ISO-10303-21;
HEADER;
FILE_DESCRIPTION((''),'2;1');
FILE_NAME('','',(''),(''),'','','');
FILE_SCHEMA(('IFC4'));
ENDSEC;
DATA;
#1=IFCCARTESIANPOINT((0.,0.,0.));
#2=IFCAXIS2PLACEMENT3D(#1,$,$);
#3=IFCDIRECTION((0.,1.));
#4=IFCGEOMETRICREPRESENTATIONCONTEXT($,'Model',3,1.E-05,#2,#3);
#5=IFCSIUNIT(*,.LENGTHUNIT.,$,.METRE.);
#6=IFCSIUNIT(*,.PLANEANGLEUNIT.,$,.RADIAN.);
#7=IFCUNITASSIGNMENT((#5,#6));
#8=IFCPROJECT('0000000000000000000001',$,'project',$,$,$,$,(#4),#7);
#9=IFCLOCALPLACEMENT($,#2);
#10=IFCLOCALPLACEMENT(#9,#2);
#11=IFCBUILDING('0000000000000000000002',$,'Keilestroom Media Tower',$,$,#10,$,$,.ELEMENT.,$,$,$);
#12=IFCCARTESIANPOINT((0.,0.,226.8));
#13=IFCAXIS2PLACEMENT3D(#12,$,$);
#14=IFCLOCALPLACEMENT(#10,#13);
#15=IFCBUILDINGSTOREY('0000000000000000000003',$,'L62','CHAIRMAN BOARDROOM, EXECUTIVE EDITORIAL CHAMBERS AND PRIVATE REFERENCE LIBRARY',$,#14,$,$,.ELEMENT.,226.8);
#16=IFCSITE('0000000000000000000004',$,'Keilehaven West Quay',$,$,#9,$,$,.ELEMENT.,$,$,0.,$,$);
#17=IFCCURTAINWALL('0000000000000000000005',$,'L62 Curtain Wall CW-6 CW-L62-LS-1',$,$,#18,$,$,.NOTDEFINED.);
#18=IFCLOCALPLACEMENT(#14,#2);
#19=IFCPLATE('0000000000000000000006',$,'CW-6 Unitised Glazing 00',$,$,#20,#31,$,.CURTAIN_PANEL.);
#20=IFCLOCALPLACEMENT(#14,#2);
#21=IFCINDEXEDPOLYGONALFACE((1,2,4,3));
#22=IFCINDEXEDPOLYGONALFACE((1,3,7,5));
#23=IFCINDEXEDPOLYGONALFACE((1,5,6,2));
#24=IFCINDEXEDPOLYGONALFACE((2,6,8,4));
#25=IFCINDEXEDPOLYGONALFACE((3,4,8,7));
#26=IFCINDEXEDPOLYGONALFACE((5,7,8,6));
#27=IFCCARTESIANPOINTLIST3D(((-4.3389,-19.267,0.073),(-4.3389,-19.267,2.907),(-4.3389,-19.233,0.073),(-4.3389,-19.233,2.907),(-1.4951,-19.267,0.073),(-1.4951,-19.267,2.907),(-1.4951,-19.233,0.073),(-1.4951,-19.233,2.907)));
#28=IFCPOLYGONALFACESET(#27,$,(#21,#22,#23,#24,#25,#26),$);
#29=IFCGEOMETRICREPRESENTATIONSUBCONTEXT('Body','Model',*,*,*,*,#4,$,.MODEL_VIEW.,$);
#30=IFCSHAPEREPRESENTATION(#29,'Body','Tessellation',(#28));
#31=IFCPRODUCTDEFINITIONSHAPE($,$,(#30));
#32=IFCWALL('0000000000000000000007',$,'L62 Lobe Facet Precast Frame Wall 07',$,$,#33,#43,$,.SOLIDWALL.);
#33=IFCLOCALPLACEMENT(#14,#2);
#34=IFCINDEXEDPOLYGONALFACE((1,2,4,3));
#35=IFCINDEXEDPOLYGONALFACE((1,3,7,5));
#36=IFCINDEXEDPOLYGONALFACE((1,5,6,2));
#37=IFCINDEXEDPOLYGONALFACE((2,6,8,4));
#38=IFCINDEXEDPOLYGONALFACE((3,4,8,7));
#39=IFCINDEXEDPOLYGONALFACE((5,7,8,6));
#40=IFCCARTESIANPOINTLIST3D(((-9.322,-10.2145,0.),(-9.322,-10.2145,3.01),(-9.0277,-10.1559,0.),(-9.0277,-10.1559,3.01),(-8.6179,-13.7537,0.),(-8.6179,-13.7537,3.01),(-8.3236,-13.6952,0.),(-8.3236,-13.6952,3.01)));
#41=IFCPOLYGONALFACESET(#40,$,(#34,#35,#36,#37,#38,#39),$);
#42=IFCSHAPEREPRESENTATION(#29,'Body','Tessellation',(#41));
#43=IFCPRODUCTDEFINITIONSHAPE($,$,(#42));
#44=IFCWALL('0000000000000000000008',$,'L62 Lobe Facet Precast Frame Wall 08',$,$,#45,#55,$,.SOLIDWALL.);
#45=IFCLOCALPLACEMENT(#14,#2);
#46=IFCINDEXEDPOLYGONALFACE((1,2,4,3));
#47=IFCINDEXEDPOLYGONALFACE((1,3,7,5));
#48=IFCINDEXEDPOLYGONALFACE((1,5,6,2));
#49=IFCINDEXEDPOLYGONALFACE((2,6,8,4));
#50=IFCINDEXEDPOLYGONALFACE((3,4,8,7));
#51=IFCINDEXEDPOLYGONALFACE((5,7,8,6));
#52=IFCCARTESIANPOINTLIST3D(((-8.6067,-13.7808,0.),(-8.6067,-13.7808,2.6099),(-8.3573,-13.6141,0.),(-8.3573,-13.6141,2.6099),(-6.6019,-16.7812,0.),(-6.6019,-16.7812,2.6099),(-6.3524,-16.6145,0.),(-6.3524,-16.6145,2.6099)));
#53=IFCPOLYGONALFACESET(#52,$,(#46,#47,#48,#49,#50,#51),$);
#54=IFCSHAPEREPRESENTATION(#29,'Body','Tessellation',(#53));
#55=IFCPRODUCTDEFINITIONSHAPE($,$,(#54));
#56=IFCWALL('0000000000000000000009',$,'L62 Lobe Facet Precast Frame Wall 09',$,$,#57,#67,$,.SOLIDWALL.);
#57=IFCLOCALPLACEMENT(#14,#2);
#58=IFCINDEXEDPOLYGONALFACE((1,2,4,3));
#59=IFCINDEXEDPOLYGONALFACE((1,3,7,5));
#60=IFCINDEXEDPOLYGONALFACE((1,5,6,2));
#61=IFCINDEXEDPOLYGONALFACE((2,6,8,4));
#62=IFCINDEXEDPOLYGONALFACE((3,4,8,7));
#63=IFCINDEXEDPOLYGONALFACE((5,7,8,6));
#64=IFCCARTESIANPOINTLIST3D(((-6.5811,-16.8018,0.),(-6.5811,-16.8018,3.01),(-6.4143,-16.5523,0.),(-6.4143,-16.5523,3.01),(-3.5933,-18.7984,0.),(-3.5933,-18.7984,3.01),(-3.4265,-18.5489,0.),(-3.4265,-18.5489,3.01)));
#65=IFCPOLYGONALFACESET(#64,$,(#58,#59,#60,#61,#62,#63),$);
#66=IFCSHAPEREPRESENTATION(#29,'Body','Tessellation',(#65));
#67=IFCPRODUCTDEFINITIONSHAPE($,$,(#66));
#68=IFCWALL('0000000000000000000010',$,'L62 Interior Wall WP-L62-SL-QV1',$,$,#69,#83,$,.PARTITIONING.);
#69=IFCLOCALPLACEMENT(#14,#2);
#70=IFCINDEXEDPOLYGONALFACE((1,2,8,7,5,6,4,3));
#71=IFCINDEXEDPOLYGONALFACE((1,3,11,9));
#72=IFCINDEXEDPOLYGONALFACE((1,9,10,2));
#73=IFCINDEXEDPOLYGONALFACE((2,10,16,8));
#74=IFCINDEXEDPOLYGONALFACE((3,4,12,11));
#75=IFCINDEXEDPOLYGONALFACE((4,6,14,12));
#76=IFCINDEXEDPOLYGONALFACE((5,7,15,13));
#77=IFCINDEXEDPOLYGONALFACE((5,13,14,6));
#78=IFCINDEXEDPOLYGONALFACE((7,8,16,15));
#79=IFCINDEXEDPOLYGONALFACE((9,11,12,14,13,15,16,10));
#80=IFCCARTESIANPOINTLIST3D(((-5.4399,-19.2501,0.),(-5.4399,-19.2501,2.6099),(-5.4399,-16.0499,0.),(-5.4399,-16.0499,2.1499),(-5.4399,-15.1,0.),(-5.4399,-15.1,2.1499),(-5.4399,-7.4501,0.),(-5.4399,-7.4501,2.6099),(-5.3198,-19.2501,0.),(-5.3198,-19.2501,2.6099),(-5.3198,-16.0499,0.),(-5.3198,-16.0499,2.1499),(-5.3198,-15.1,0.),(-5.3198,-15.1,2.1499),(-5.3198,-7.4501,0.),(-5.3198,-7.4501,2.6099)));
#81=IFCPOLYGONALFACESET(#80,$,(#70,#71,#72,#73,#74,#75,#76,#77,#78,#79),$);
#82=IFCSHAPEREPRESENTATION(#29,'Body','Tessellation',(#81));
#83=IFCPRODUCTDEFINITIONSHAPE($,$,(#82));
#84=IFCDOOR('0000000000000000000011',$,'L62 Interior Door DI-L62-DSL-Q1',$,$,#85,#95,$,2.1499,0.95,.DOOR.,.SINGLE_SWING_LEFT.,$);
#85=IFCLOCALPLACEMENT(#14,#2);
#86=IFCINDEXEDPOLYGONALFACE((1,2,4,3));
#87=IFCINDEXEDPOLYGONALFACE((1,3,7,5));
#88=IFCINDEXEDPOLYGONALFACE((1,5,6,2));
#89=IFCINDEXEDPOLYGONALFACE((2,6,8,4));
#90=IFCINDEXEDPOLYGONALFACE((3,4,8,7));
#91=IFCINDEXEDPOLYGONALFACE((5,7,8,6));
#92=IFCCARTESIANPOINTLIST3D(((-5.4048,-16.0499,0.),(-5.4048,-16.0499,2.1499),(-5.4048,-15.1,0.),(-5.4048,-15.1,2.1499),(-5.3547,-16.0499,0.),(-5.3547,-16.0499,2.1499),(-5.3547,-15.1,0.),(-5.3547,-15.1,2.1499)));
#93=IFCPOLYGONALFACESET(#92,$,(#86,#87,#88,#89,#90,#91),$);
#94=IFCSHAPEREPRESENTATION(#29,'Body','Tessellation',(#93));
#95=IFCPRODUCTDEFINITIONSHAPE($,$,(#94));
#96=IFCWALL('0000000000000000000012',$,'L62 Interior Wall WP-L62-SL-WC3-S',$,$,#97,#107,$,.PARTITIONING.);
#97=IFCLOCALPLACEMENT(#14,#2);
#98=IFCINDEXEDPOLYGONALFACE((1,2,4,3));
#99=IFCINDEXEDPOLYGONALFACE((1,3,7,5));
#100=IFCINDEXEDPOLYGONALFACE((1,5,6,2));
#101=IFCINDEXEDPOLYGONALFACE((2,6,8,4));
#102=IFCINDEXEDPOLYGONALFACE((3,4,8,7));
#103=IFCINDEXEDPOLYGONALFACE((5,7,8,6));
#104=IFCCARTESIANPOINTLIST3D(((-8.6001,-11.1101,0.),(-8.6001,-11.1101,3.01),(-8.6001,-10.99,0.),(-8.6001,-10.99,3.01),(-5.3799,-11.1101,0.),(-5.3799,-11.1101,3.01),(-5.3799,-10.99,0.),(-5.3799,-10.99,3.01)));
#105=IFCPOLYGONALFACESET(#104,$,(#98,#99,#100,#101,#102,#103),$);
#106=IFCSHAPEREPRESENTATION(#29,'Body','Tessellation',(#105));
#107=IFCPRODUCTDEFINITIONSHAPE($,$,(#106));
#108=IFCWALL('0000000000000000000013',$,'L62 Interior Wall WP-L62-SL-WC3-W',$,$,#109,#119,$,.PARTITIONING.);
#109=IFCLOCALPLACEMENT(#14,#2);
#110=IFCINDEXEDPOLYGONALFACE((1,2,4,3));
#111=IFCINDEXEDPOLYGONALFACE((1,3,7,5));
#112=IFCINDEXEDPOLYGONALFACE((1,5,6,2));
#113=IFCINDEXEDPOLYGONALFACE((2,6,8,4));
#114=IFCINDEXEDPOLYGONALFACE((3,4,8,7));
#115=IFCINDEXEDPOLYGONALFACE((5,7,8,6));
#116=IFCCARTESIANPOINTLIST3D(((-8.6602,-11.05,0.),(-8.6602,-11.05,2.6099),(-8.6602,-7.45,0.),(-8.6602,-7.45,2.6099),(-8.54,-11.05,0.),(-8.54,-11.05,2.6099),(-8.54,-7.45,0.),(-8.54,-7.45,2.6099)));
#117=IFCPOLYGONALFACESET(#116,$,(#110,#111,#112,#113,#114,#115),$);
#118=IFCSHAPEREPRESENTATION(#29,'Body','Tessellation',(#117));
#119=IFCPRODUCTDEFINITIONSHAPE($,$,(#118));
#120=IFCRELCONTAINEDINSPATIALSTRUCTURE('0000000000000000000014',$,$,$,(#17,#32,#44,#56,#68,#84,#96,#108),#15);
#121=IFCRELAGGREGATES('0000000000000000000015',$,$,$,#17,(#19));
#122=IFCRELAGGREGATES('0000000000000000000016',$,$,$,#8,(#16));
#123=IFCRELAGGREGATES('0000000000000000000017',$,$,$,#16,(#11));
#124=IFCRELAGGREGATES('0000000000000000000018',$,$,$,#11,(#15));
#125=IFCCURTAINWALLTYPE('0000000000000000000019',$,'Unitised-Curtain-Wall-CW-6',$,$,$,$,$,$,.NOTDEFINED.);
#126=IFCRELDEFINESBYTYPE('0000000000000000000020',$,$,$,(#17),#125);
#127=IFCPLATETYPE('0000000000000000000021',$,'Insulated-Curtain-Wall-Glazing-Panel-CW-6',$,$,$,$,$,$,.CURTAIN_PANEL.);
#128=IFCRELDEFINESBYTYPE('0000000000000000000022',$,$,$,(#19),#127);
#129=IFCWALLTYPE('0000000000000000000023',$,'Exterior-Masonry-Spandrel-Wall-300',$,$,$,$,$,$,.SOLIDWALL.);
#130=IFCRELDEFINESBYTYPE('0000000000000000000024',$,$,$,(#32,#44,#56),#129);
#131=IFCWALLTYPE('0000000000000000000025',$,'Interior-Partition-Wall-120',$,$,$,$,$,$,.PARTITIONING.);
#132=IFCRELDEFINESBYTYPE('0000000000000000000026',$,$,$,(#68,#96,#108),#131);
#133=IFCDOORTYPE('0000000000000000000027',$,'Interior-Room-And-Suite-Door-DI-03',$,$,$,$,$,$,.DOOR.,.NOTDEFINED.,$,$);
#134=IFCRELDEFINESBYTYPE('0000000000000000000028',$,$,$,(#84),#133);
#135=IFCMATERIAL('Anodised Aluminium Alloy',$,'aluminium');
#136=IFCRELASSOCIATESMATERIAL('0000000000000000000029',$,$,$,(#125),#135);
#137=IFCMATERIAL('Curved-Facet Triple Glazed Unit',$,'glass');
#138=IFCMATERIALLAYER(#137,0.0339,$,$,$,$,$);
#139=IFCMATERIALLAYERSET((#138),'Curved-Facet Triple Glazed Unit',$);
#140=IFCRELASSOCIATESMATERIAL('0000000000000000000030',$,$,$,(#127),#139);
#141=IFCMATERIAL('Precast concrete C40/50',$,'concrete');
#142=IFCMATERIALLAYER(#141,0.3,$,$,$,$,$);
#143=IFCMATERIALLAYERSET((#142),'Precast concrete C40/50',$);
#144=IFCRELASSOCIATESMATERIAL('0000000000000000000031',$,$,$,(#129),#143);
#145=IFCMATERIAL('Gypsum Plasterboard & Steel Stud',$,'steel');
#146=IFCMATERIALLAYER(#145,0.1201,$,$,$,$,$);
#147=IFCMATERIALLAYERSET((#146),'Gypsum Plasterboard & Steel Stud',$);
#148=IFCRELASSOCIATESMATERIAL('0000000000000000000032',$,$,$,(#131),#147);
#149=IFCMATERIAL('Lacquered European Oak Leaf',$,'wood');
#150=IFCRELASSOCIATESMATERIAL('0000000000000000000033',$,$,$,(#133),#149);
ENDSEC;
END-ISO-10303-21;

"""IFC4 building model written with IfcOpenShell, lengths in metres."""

from ifc_helpers import new_model, si_unit, direction, frame, frame_2d, origin, origin_2d, place, context, subcontext, project, spatial, rectangle, extrude, source, transform, mapped, material, layer, layer_set, type_object, element, fill, aggregate, save


model = new_model("IFC4")

# Units and contexts
model_context = context("Model", 3, precision=1e-05, world=origin(), true_north=direction((0.0, 1.0)))
body_context = subcontext(model_context, "Body", "Model", "MODEL_VIEW")
ifc_project = project(units=[si_unit("LENGTHUNIT", "METRE"), si_unit("PLANEANGLEUNIT", "RADIAN")], contexts=[model_context])

# Site, building, storey
site_placement = place(None, origin())
site = spatial("IfcSite", under=ifc_project, at=site_placement, Name="Keilehaven West Quay", CompositionType="ELEMENT", RefElevation=0.0)
building_placement = place(site_placement, origin())
building = spatial("IfcBuilding", under=site, at=building_placement, Name="Keilestroom Media Tower", CompositionType="ELEMENT")
storey_placement = place(building_placement, frame((0.0, 0.0, 226.8)))
storey = spatial("IfcBuildingStorey", under=building, at=storey_placement, Name="L62", Description="CHAIRMAN BOARDROOM, EXECUTIVE EDITORIAL CHAMBERS AND PRIVATE REFERENCE LIBRARY", CompositionType="ELEMENT", Elevation=226.8)

# Curtain wall, plate
ifc_material_1 = material(Name="Anodised Aluminium Alloy", Category="aluminium")
curtain_wall_type = type_object("IfcCurtainWallType", Name="Unitised-Curtain-Wall-CW-6", PredefinedType="NOTDEFINED", material=ifc_material_1)
curtain_wall_placement = place(storey_placement, origin())
curtain_wall = element("IfcCurtainWall", 1, at=curtain_wall_placement, inside=storey, type_object=curtain_wall_type, Name="L62 Curtain Wall CW-6 CW-L62-LS-1", PredefinedType="NOTDEFINED")
ifc_material_2 = material(Name="Curved-Facet Triple Glazed Unit", Category="glass")
ifc_layer_1 = layer(ifc_material_2, 0.0339)
ifc_layer_set_1 = layer_set([ifc_layer_1], Name="Curved-Facet Triple Glazed Unit")
plate_type = type_object("IfcPlateType", Name="Insulated-Curtain-Wall-Glazing-Panel-CW-6", PredefinedType="CURTAIN_PANEL", material=ifc_layer_set_1)
shared_shape_1 = source(origin(), body_context, "Body", "SweptSolid", [
    extrude(rectangle(XDim=2.8438, YDim=0.0339, at=origin_2d()), origin(), (0.0, 0.0, 1.0), 2.834),
])
plate_placement = place(storey_placement, frame((-2.917, -19.25, 0.073), z_axis=(0.0, 0.0, 1.0), x_axis=(1.0, 0.0, 0.0)))
plate = element("IfcPlate", 2, at=plate_placement, type_object=plate_type, Name="CW-6 Unitised Glazing 00", PredefinedType="CURTAIN_PANEL", context=body_context, shape_type="MappedRepresentation", body=[
    mapped(shared_shape_1, transform((0.0, 0.0, 0.0), x_axis=(1.0, 0.0, 0.0), y_axis=(0.0, 1.0, 0.0), z_axis=(0.0, 0.0, 1.0), scale=1.0)),
])
aggregate(curtain_wall, [plate])

# Walls
ifc_material_3 = material(Name="Precast concrete C40/50", Category="concrete")
ifc_layer_2 = layer(ifc_material_3, 0.3)
ifc_layer_set_2 = layer_set([ifc_layer_2], Name="Precast concrete C40/50")
wall_type_1 = type_object("IfcWallType", Name="Exterior-Masonry-Spandrel-Wall-300", PredefinedType="SOLIDWALL", material=ifc_layer_set_2)
wall_1_placement = place(storey_placement, frame((-9.1748, -10.1853, 0.0), z_axis=(0.0, 0.0, 1.0), x_axis=(0.195114, -0.980781, 0.0)))
element("IfcWall", 3, at=wall_1_placement, inside=storey, type_object=wall_type_1, Name="L62 Lobe Facet Precast Frame Wall 07", PredefinedType="SOLIDWALL", context=body_context, shape_type="SweptSolid", body=[
    extrude(rectangle(XDim=3.6086, YDim=0.3, at=frame_2d((1.8042, 0.0))), origin(), (0.0, 0.0, 1.0), 3.01),
])
wall_2_placement = place(storey_placement, frame((-8.4819, -13.6975, 0.0), z_axis=(0.0, 0.0, 1.0), x_axis=(0.555574, -0.831467, 0.0)))
element("IfcWall", 4, at=wall_2_placement, inside=storey, type_object=wall_type_1, Name="L62 Lobe Facet Precast Frame Wall 08", PredefinedType="SOLIDWALL", context=body_context, shape_type="SweptSolid", body=[
    extrude(rectangle(XDim=3.6086, YDim=0.3, at=frame_2d((1.8042, 0.0))), origin(), (0.0, 0.0, 1.0), 2.6099),
])
wall_3_placement = place(storey_placement, frame((-6.4978, -16.677, 0.0), z_axis=(0.0, 0.0, 1.0), x_axis=(0.831444, -0.555609, 0.0)))
element("IfcWall", 5, at=wall_3_placement, inside=storey, type_object=wall_type_1, Name="L62 Lobe Facet Precast Frame Wall 09", PredefinedType="SOLIDWALL", context=body_context, shape_type="SweptSolid", body=[
    extrude(rectangle(XDim=3.5935, YDim=0.3, at=frame_2d((1.7969, 0.0))), origin(), (0.0, 0.0, 1.0), 3.01),
])

# Wall, opening, door
ifc_material_4 = material(Name="Gypsum Plasterboard & Steel Stud", Category="steel")
ifc_layer_3 = layer(ifc_material_4, 0.1201)
ifc_layer_set_3 = layer_set([ifc_layer_3], Name="Gypsum Plasterboard & Steel Stud")
wall_type_2 = type_object("IfcWallType", Name="Interior-Partition-Wall-120", PredefinedType="PARTITIONING", material=ifc_layer_set_3)
wall_4_placement = place(storey_placement, frame((-5.3799, -19.25, 0.0), z_axis=(0.0, 0.0, 1.0), x_axis=(0.0, 1.0, 0.0)))
wall_4 = element("IfcWall", 6, at=wall_4_placement, inside=storey, type_object=wall_type_2, Name="L62 Interior Wall WP-L62-SL-QV1", PredefinedType="PARTITIONING", context=body_context, shape_type="SweptSolid", body=[
    extrude(rectangle(XDim=11.8, YDim=0.1201, at=frame_2d((5.8999, 0.0))), origin(), (0.0, 0.0, 1.0), 2.6099),
])
opening_1_placement = place(wall_4_placement, frame((3.2, 0.0, 0.0)))
opening_1 = element("IfcOpeningElement", 7, at=opening_1_placement, cuts=wall_4, PredefinedType="OPENING", context=body_context, shape_type="SweptSolid", body=[
    extrude(rectangle(XDim=0.95, YDim=2.1499, at=frame_2d((0.4751, 1.075))), frame((0.0, 0.0701, 0.0), z_axis=(0.0, -1.0, 0.0), x_axis=(1.0, 0.0, 0.0)), (0.0, 0.0, 1.0), 0.1401),
])
ifc_material_5 = material(Name="Lacquered European Oak Leaf", Category="wood")
door_type_1 = type_object("IfcDoorType", Name="Interior-Room-And-Suite-Door-DI-03", OperationType="NOTDEFINED", PredefinedType="DOOR", material=ifc_material_5)
shared_shape_2 = source(origin(), body_context, "Body", "SweptSolid", [
    extrude(rectangle(XDim=0.95, YDim=2.1499, at=frame_2d((0.4751, 1.075))), frame((0.0, 0.0249, 0.0), z_axis=(0.0, -1.0, 0.0), x_axis=(1.0, 0.0, 0.0)), (0.0, 0.0, 1.0), 0.05),
])
door_1_placement = place(opening_1_placement, origin())
door_1 = element("IfcDoor", 8, at=door_1_placement, inside=storey, type_object=door_type_1, Name="L62 Interior Door DI-L62-DSL-Q1", OperationType="SINGLE_SWING_LEFT", OverallHeight=2.1499, OverallWidth=0.95, PredefinedType="DOOR", context=body_context, shape_type="MappedRepresentation", body=[
    mapped(shared_shape_2, transform((0.0, 0.0, 0.0), x_axis=(1.0, 0.0, 0.0), y_axis=(0.0, 1.0, 0.0), z_axis=(0.0, 0.0, 1.0), scale=1.0)),
])
fill(opening_1, door_1)

# Walls
wall_5_placement = place(storey_placement, frame((-8.6001, -11.05, 0.0), z_axis=(0.0, 0.0, 1.0), x_axis=(1.0, 0.0, 0.0)))
element("IfcWall", 9, at=wall_5_placement, inside=storey, type_object=wall_type_2, Name="L62 Interior Wall WP-L62-SL-WC3-S", PredefinedType="PARTITIONING", context=body_context, shape_type="SweptSolid", body=[
    extrude(rectangle(XDim=3.2202, YDim=0.1201, at=frame_2d((1.6101, 0.0))), origin(), (0.0, 0.0, 1.0), 3.01),
])
wall_6_placement = place(storey_placement, frame((-8.6001, -11.05, 0.0), z_axis=(0.0, 0.0, 1.0), x_axis=(0.0, 1.0, 0.0)))
element("IfcWall", 10, at=wall_6_placement, inside=storey, type_object=wall_type_2, Name="L62 Interior Wall WP-L62-SL-WC3-W", PredefinedType="PARTITIONING", context=body_context, shape_type="SweptSolid", body=[
    extrude(rectangle(XDim=3.6001, YDim=0.1201, at=frame_2d((1.8, 0.0))), origin(), (0.0, 0.0, 1.0), 2.6099),
])

save(model, "model.ifc")
